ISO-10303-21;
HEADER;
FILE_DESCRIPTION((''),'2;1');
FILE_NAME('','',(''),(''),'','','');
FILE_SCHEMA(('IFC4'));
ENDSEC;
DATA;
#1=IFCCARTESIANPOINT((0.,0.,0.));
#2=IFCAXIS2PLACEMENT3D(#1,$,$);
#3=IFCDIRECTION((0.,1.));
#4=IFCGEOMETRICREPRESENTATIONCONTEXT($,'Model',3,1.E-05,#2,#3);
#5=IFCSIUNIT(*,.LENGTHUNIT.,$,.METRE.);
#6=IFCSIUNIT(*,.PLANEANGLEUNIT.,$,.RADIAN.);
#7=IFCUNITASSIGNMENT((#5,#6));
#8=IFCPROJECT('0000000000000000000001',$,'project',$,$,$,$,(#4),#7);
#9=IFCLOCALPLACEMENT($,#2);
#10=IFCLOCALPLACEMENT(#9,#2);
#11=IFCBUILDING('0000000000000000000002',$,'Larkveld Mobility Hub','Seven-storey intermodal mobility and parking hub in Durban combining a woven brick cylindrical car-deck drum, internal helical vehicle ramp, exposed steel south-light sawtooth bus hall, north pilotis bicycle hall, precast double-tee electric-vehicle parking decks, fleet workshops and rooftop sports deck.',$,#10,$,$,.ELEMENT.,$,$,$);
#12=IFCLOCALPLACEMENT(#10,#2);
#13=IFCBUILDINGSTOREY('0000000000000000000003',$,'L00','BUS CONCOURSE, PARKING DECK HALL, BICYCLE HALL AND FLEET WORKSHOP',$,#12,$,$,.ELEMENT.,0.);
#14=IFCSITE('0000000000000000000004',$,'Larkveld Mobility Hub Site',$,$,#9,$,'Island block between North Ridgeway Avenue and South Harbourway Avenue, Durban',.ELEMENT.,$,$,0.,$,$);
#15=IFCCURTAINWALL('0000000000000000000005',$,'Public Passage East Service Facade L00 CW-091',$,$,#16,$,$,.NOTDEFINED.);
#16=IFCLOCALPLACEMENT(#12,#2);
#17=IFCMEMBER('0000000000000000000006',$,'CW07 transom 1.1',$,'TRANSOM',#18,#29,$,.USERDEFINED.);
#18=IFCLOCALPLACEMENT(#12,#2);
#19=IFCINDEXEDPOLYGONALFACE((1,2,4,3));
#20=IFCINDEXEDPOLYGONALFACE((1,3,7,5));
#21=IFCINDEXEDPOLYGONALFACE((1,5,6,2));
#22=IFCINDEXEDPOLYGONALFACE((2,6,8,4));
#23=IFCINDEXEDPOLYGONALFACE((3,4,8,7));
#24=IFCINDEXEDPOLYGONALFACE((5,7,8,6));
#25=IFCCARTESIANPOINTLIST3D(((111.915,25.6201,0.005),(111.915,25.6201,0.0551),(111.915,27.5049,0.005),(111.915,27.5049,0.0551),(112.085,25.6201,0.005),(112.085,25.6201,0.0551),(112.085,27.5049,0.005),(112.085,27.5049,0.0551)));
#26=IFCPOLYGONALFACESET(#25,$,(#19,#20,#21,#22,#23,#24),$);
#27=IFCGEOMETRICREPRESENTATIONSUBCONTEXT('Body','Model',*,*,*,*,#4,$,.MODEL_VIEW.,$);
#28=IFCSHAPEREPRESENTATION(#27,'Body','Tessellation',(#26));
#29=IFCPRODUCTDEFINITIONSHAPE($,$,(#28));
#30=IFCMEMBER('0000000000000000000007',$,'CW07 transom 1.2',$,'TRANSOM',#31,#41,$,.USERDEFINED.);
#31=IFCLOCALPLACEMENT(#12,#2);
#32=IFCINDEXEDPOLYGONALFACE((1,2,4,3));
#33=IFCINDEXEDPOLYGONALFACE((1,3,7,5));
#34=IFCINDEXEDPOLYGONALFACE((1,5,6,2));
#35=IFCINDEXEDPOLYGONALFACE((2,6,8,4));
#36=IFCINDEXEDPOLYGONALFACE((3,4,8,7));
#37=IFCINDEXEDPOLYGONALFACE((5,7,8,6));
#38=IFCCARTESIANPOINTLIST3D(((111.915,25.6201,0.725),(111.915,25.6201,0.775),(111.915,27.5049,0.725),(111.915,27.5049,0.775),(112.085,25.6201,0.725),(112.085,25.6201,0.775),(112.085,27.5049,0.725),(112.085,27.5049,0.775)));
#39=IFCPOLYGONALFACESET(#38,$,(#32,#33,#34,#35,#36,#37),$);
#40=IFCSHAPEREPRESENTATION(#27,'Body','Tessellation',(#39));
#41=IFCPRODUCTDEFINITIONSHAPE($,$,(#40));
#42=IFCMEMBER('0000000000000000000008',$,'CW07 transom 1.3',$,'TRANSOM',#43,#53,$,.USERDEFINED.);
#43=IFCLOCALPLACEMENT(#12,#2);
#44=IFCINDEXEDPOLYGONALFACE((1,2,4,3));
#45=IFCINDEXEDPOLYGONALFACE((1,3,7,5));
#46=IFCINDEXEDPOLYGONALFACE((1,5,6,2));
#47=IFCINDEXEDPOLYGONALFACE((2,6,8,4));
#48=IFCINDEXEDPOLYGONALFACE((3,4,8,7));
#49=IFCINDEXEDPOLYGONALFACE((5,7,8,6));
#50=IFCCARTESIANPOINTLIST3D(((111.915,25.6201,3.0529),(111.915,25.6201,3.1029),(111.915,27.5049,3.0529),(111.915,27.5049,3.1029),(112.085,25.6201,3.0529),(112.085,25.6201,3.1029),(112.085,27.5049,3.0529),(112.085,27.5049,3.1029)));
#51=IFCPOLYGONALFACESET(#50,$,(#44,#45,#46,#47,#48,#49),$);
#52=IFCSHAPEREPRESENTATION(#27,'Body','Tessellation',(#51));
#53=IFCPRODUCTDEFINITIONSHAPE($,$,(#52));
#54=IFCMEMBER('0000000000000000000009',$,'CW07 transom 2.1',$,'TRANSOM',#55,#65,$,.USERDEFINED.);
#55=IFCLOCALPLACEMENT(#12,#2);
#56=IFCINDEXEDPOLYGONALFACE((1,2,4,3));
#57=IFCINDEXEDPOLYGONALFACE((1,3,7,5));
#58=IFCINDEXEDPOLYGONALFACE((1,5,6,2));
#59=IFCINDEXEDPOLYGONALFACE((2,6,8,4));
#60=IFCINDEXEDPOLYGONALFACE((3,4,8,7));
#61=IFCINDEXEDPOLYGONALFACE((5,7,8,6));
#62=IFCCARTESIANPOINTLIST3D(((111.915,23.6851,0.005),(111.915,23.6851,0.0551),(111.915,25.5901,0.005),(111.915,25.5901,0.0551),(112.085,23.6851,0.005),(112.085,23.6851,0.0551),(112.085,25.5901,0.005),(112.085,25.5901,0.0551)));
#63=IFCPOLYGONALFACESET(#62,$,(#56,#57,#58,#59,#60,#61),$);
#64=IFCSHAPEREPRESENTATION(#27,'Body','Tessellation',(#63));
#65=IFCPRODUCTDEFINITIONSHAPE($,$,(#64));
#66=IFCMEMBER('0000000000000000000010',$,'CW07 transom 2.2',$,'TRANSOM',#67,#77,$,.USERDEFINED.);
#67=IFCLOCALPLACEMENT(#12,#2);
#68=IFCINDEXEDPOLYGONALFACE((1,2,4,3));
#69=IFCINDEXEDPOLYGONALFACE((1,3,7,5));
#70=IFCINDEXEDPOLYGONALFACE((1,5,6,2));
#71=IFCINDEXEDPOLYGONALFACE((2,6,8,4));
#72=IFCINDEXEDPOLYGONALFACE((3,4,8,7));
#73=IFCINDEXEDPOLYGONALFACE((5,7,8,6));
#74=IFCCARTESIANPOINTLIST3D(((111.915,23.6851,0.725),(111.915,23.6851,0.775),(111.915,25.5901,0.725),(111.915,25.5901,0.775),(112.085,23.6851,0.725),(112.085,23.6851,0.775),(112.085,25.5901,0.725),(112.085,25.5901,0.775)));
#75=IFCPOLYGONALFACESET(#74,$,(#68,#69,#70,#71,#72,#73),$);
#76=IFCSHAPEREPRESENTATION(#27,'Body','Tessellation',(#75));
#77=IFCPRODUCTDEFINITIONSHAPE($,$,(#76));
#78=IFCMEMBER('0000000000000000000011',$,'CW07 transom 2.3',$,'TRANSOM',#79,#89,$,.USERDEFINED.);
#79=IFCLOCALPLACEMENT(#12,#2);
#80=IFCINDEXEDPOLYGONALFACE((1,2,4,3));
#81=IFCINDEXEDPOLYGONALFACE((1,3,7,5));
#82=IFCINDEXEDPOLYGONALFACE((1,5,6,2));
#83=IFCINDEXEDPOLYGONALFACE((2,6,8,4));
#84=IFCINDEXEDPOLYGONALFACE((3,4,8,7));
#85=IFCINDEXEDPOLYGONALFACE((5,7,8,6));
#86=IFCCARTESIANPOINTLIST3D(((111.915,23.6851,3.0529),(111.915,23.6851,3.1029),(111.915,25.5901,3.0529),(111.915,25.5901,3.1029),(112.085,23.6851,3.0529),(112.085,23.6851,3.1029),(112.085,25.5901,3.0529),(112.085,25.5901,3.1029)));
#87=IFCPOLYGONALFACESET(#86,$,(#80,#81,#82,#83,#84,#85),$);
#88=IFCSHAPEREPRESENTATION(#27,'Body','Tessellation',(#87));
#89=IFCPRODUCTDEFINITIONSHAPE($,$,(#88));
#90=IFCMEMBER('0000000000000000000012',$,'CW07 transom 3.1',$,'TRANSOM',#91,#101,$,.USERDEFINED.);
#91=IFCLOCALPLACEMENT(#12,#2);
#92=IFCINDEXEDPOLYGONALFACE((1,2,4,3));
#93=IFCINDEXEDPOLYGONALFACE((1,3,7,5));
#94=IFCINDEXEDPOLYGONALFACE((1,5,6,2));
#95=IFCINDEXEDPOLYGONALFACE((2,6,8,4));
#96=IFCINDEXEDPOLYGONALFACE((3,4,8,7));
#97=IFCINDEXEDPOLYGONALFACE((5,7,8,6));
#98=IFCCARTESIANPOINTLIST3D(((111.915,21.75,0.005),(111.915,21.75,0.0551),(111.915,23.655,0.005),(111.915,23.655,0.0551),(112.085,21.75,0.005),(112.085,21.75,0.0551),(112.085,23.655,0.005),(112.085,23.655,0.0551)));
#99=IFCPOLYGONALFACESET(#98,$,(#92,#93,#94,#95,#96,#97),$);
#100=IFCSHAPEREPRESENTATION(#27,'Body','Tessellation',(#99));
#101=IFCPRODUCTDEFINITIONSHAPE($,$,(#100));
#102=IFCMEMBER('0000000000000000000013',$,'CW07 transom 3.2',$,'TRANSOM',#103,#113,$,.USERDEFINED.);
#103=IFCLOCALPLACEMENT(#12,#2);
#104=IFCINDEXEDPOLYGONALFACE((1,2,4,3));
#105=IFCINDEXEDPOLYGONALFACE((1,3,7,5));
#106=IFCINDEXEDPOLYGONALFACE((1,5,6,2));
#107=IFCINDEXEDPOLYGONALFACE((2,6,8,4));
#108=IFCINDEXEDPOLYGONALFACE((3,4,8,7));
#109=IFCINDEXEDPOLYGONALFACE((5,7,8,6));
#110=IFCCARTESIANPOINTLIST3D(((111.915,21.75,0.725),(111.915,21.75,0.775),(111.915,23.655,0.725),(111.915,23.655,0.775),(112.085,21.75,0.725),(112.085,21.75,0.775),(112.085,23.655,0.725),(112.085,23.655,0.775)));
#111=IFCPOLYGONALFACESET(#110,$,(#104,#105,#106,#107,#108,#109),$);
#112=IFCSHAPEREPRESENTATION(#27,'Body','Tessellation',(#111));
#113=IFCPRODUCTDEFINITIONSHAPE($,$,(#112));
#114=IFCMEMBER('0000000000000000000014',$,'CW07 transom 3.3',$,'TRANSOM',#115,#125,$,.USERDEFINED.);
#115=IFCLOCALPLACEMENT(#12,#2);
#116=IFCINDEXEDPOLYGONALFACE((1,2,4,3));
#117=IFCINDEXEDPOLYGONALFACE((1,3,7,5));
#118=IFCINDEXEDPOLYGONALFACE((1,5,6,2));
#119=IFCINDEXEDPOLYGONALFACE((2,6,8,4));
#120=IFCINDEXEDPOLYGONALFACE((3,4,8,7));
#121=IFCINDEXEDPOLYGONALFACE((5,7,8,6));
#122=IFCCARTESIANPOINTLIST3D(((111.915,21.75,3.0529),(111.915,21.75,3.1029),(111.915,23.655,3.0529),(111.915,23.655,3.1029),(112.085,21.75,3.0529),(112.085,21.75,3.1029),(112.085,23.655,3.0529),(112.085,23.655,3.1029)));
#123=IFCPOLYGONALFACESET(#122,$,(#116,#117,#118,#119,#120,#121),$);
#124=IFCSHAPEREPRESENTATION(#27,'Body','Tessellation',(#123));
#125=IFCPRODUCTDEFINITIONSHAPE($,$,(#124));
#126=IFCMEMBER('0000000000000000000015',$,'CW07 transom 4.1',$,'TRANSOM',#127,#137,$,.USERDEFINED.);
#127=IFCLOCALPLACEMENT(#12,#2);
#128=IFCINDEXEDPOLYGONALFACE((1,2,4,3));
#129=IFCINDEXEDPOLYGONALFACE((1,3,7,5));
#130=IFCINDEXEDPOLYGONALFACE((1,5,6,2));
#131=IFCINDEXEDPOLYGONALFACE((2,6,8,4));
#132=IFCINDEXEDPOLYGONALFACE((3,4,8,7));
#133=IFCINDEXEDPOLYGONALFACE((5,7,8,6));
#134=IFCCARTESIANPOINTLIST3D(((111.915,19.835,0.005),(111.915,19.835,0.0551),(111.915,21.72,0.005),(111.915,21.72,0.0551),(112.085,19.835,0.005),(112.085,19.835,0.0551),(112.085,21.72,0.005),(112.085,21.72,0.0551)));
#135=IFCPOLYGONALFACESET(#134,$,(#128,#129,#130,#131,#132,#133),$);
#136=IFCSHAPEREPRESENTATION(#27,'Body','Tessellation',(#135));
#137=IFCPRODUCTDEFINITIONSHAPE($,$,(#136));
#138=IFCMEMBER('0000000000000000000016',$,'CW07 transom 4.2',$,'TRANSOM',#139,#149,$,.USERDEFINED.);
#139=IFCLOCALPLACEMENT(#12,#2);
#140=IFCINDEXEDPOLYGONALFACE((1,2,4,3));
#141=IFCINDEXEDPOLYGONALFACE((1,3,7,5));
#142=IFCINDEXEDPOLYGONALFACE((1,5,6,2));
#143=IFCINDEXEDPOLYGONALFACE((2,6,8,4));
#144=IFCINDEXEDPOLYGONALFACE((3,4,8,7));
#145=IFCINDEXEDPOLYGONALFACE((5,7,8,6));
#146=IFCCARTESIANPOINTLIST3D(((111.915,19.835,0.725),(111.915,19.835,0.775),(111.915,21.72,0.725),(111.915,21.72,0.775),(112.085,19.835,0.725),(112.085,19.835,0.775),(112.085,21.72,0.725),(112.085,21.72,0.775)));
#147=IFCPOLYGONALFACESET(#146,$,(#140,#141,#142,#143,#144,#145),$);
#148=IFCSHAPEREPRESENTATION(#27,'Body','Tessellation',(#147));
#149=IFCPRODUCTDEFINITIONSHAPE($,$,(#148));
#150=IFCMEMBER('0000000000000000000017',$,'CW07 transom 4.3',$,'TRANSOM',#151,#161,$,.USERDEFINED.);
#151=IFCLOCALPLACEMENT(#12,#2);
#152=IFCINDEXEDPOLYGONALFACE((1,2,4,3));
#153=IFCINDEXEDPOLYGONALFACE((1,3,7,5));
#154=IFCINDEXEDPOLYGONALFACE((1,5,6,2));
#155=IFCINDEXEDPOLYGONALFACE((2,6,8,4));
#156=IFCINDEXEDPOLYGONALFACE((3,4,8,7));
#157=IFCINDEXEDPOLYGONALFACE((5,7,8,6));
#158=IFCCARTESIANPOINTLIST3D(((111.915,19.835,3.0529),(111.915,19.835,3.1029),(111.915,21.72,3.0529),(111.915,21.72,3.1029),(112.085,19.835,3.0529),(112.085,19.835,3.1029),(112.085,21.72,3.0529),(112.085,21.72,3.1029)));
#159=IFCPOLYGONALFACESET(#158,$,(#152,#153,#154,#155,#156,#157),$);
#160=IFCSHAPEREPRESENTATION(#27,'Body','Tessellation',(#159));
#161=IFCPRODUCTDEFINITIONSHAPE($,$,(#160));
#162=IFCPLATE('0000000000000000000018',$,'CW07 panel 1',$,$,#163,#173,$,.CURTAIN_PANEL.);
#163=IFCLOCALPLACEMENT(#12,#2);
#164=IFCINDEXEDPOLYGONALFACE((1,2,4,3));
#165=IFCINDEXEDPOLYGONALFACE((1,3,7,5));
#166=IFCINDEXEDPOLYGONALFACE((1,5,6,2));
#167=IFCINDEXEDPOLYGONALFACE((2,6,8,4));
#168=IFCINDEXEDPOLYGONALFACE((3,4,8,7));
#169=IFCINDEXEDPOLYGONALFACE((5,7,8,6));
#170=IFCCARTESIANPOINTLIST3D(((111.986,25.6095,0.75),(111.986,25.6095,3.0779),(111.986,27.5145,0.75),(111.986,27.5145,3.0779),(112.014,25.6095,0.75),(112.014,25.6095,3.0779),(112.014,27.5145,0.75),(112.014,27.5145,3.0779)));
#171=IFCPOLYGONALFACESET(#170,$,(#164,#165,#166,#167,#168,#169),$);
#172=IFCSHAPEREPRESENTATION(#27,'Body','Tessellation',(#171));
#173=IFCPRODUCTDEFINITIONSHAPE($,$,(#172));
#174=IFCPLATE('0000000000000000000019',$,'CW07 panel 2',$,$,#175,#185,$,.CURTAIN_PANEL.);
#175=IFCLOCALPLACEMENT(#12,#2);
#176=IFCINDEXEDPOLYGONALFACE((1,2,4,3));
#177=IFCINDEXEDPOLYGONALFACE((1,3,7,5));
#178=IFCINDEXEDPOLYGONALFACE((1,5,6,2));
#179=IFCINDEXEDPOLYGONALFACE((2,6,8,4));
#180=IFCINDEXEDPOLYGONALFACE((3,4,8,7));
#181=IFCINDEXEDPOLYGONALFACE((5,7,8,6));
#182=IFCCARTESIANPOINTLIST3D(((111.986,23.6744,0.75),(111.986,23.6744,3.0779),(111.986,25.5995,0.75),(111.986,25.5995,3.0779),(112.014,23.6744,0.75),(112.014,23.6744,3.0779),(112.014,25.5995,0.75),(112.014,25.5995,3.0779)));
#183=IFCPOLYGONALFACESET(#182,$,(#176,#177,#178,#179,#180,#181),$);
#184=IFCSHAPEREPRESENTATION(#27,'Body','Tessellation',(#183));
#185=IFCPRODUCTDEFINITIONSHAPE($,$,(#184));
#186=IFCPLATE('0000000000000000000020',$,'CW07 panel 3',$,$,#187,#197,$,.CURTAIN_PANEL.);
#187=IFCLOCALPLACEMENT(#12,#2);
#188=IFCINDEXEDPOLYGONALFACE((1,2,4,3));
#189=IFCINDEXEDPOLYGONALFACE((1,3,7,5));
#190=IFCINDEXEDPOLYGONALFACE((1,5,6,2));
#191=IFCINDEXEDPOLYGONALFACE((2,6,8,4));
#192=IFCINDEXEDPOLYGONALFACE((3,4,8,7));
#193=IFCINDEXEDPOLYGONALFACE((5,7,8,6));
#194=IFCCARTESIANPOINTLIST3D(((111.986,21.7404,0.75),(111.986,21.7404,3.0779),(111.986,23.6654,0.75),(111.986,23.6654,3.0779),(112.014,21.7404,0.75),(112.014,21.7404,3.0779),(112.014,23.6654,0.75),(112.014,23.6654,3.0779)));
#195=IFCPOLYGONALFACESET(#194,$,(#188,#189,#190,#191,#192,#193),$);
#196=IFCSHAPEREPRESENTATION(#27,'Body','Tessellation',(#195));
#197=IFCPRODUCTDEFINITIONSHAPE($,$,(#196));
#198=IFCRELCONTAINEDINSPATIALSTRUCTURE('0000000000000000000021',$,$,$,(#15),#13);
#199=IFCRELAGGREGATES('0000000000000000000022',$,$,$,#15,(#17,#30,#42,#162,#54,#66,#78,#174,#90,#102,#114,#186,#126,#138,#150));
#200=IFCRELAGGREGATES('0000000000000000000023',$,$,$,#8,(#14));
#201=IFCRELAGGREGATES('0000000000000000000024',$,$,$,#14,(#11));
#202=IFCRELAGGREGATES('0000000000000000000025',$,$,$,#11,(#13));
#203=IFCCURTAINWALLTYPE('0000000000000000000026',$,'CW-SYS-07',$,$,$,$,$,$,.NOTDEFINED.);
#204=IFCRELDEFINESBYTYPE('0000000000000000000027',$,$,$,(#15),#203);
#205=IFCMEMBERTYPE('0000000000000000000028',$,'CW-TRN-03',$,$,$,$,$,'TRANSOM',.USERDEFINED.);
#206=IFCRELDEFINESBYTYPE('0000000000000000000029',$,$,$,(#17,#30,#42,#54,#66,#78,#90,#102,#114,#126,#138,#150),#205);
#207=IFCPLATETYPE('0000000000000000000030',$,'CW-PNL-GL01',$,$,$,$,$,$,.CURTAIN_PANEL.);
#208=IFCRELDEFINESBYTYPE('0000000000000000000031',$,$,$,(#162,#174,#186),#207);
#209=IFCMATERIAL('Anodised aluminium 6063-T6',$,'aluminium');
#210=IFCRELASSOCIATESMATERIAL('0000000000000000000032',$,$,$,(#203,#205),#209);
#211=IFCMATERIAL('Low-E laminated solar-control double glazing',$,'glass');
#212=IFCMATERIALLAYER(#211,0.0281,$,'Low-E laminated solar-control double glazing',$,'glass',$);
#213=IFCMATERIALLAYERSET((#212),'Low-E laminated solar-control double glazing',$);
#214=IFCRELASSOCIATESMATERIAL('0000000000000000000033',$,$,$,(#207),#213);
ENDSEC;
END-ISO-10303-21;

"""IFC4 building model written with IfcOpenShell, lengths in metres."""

from ifc_helpers import new_model, si_unit, direction, frame, origin, origin_2d, place, context, subcontext, project, spatial, rectangle, extrude, material, layer, layer_set, material_profile, profile_set, type_object, element, aggregate, save


model = new_model("IFC4")

# Units and contexts
model_context = context("Model", 3, precision=1e-05, world=origin(), true_north=direction((0.0, 1.0)))
body_context = subcontext(model_context, "Body", "Model", "MODEL_VIEW")
ifc_project = project(units=[si_unit("LENGTHUNIT", "METRE"), si_unit("PLANEANGLEUNIT", "RADIAN")], contexts=[model_context])

# Site, building, storey
site_placement = place(None, origin())
site = spatial("IfcSite", under=ifc_project, at=site_placement, Name="Larkveld Mobility Hub Site", LongName="Island block between North Ridgeway Avenue and South Harbourway Avenue, Durban", CompositionType="ELEMENT", RefElevation=0.0)
building_placement = place(site_placement, origin())
building = spatial("IfcBuilding", under=site, at=building_placement, Name="Larkveld Mobility Hub", Description="Seven-storey intermodal mobility and parking hub in Durban combining a woven brick cylindrical car-deck drum, internal helical vehicle ramp, exposed steel south-light sawtooth bus hall, north pilotis bicycle hall, precast double-tee electric-vehicle parking decks, fleet workshops and rooftop sports deck.", CompositionType="ELEMENT")
storey_placement = place(building_placement, origin())
storey = spatial("IfcBuildingStorey", under=building, at=storey_placement, Name="L00", Description="BUS CONCOURSE, PARKING DECK HALL, BICYCLE HALL AND FLEET WORKSHOP", CompositionType="ELEMENT", Elevation=0.0)

# Curtain wall, members, plates
ifc_material_1 = material(Name="Anodised aluminium 6063-T6", Category="aluminium")
curtain_wall_type = type_object("IfcCurtainWallType", Name="CW-SYS-07", PredefinedType="NOTDEFINED", material=ifc_material_1)
curtain_wall_placement = place(storey_placement, origin())
curtain_wall = element("IfcCurtainWall", 1, at=curtain_wall_placement, inside=storey, type_object=curtain_wall_type, Name="Public Passage East Service Facade L00 CW-091", PredefinedType="NOTDEFINED")
ifc_material_profile_1 = material_profile(ifc_material_1, rectangle(XDim=0.1699, YDim=0.05, at=origin_2d()), Name="ALU TRAN 50x170")
ifc_profile_set_1 = profile_set([ifc_material_profile_1], Name="Anodised aluminium 6063-T6")
member_type_1 = type_object("IfcMemberType", Name="CW-TRN-03", ElementType="TRANSOM", PredefinedType="USERDEFINED", material=ifc_profile_set_1)
member_1_placement = place(storey_placement, frame((112.0, 27.5049, 0.03), z_axis=(0.0, -1.0, 0.0), x_axis=(1.0, 0.0, 0.0)))
member_1 = element("IfcMember", 2, at=member_1_placement, type_object=member_type_1, Name="CW07 transom 1.1", ObjectType="TRANSOM", PredefinedType="USERDEFINED", context=body_context, shape_type="SweptSolid", body=[
    extrude(rectangle(XDim=0.1699, YDim=0.05, at=origin_2d()), origin(), (0.0, 0.0, 1.0), 1.8848),
])
member_2_placement = place(storey_placement, frame((112.0, 27.5049, 0.75), z_axis=(0.0, -1.0, 0.0), x_axis=(1.0, 0.0, 0.0)))
member_2 = element("IfcMember", 3, at=member_2_placement, type_object=member_type_1, Name="CW07 transom 1.2", ObjectType="TRANSOM", PredefinedType="USERDEFINED", context=body_context, shape_type="SweptSolid", body=[
    extrude(rectangle(XDim=0.1699, YDim=0.05, at=origin_2d()), origin(), (0.0, 0.0, 1.0), 1.8848),
])
member_3_placement = place(storey_placement, frame((112.0, 27.5049, 3.0779), z_axis=(0.0, -1.0, 0.0), x_axis=(1.0, 0.0, 0.0)))
member_3 = element("IfcMember", 4, at=member_3_placement, type_object=member_type_1, Name="CW07 transom 1.3", ObjectType="TRANSOM", PredefinedType="USERDEFINED", context=body_context, shape_type="SweptSolid", body=[
    extrude(rectangle(XDim=0.1699, YDim=0.05, at=origin_2d()), origin(), (0.0, 0.0, 1.0), 1.8848),
])
member_4_placement = place(storey_placement, frame((112.0, 25.5901, 0.03), z_axis=(0.0, -1.0, 0.0), x_axis=(1.0, 0.0, 0.0)))
member_4 = element("IfcMember", 5, at=member_4_placement, type_object=member_type_1, Name="CW07 transom 2.1", ObjectType="TRANSOM", PredefinedType="USERDEFINED", context=body_context, shape_type="SweptSolid", body=[
    extrude(rectangle(XDim=0.1699, YDim=0.05, at=origin_2d()), origin(), (0.0, 0.0, 1.0), 1.905),
])
member_5_placement = place(storey_placement, frame((112.0, 25.5901, 0.75), z_axis=(0.0, -1.0, 0.0), x_axis=(1.0, 0.0, 0.0)))
member_5 = element("IfcMember", 6, at=member_5_placement, type_object=member_type_1, Name="CW07 transom 2.2", ObjectType="TRANSOM", PredefinedType="USERDEFINED", context=body_context, shape_type="SweptSolid", body=[
    extrude(rectangle(XDim=0.1699, YDim=0.05, at=origin_2d()), origin(), (0.0, 0.0, 1.0), 1.905),
])
member_6_placement = place(storey_placement, frame((112.0, 25.5901, 3.0779), z_axis=(0.0, -1.0, 0.0), x_axis=(1.0, 0.0, 0.0)))
member_6 = element("IfcMember", 7, at=member_6_placement, type_object=member_type_1, Name="CW07 transom 2.3", ObjectType="TRANSOM", PredefinedType="USERDEFINED", context=body_context, shape_type="SweptSolid", body=[
    extrude(rectangle(XDim=0.1699, YDim=0.05, at=origin_2d()), origin(), (0.0, 0.0, 1.0), 1.905),
])
member_7_placement = place(storey_placement, frame((112.0, 23.655, 0.03), z_axis=(0.0, -1.0, 0.0), x_axis=(1.0, 0.0, 0.0)))
member_7 = element("IfcMember", 8, at=member_7_placement, type_object=member_type_1, Name="CW07 transom 3.1", ObjectType="TRANSOM", PredefinedType="USERDEFINED", context=body_context, shape_type="SweptSolid", body=[
    extrude(rectangle(XDim=0.1699, YDim=0.05, at=origin_2d()), origin(), (0.0, 0.0, 1.0), 1.905),
])
member_8_placement = place(storey_placement, frame((112.0, 23.655, 0.75), z_axis=(0.0, -1.0, 0.0), x_axis=(1.0, 0.0, 0.0)))
member_8 = element("IfcMember", 9, at=member_8_placement, type_object=member_type_1, Name="CW07 transom 3.2", ObjectType="TRANSOM", PredefinedType="USERDEFINED", context=body_context, shape_type="SweptSolid", body=[
    extrude(rectangle(XDim=0.1699, YDim=0.05, at=origin_2d()), origin(), (0.0, 0.0, 1.0), 1.905),
])
member_9_placement = place(storey_placement, frame((112.0, 23.655, 3.0779), z_axis=(0.0, -1.0, 0.0), x_axis=(1.0, 0.0, 0.0)))
member_9 = element("IfcMember", 10, at=member_9_placement, type_object=member_type_1, Name="CW07 transom 3.3", ObjectType="TRANSOM", PredefinedType="USERDEFINED", context=body_context, shape_type="SweptSolid", body=[
    extrude(rectangle(XDim=0.1699, YDim=0.05, at=origin_2d()), origin(), (0.0, 0.0, 1.0), 1.905),
])
member_10_placement = place(storey_placement, frame((112.0, 21.72, 0.03), z_axis=(0.0, -1.0, 0.0), x_axis=(1.0, 0.0, 0.0)))
member_10 = element("IfcMember", 11, at=member_10_placement, type_object=member_type_1, Name="CW07 transom 4.1", ObjectType="TRANSOM", PredefinedType="USERDEFINED", context=body_context, shape_type="SweptSolid", body=[
    extrude(rectangle(XDim=0.1699, YDim=0.05, at=origin_2d()), origin(), (0.0, 0.0, 1.0), 1.885),
])
member_11_placement = place(storey_placement, frame((112.0, 21.72, 0.75), z_axis=(0.0, -1.0, 0.0), x_axis=(1.0, 0.0, 0.0)))
member_11 = element("IfcMember", 12, at=member_11_placement, type_object=member_type_1, Name="CW07 transom 4.2", ObjectType="TRANSOM", PredefinedType="USERDEFINED", context=body_context, shape_type="SweptSolid", body=[
    extrude(rectangle(XDim=0.1699, YDim=0.05, at=origin_2d()), origin(), (0.0, 0.0, 1.0), 1.885),
])
member_12_placement = place(storey_placement, frame((112.0, 21.72, 3.0779), z_axis=(0.0, -1.0, 0.0), x_axis=(1.0, 0.0, 0.0)))
member_12 = element("IfcMember", 13, at=member_12_placement, type_object=member_type_1, Name="CW07 transom 4.3", ObjectType="TRANSOM", PredefinedType="USERDEFINED", context=body_context, shape_type="SweptSolid", body=[
    extrude(rectangle(XDim=0.1699, YDim=0.05, at=origin_2d()), origin(), (0.0, 0.0, 1.0), 1.885),
])
ifc_material_2 = material(Name="Low-E laminated solar-control double glazing", Category="glass")
ifc_layer_1 = layer(ifc_material_2, 0.0281, Name="Low-E laminated solar-control double glazing", Category="glass")
ifc_layer_set_1 = layer_set([ifc_layer_1], Name="Low-E laminated solar-control double glazing")
plate_type_1 = type_object("IfcPlateType", Name="CW-PNL-GL01", PredefinedType="CURTAIN_PANEL", material=ifc_layer_set_1)
plate_1_placement = place(storey_placement, frame((112.0, 26.562, 0.75), z_axis=(0.0, 0.0, 1.0), x_axis=(0.0, -1.0, 0.0)))
plate_1 = element("IfcPlate", 14, at=plate_1_placement, type_object=plate_type_1, Name="CW07 panel 1", PredefinedType="CURTAIN_PANEL", context=body_context, shape_type="SweptSolid", body=[
    extrude(rectangle(XDim=1.905, YDim=0.0281, at=origin_2d()), origin(), (0.0, 0.0, 1.0), 2.3279),
])
plate_2_placement = place(storey_placement, frame((112.0, 24.637, 0.75), z_axis=(0.0, 0.0, 1.0), x_axis=(0.0, -1.0, 0.0)))
plate_2 = element("IfcPlate", 15, at=plate_2_placement, type_object=plate_type_1, Name="CW07 panel 2", PredefinedType="CURTAIN_PANEL", context=body_context, shape_type="SweptSolid", body=[
    extrude(rectangle(XDim=1.925, YDim=0.0281, at=origin_2d()), origin(), (0.0, 0.0, 1.0), 2.3279),
])
plate_3_placement = place(storey_placement, frame((112.0, 22.7029, 0.75), z_axis=(0.0, 0.0, 1.0), x_axis=(0.0, -1.0, 0.0)))
plate_3 = element("IfcPlate", 16, at=plate_3_placement, type_object=plate_type_1, Name="CW07 panel 3", PredefinedType="CURTAIN_PANEL", context=body_context, shape_type="SweptSolid", body=[
    extrude(rectangle(XDim=1.925, YDim=0.0281, at=origin_2d()), origin(), (0.0, 0.0, 1.0), 2.3279),
])
aggregate(curtain_wall, [member_1, member_2, member_3, plate_1, member_4, member_5, member_6, plate_2, member_7, member_8, member_9, plate_3, member_10, member_11, member_12])

save(model, "model.ifc")
